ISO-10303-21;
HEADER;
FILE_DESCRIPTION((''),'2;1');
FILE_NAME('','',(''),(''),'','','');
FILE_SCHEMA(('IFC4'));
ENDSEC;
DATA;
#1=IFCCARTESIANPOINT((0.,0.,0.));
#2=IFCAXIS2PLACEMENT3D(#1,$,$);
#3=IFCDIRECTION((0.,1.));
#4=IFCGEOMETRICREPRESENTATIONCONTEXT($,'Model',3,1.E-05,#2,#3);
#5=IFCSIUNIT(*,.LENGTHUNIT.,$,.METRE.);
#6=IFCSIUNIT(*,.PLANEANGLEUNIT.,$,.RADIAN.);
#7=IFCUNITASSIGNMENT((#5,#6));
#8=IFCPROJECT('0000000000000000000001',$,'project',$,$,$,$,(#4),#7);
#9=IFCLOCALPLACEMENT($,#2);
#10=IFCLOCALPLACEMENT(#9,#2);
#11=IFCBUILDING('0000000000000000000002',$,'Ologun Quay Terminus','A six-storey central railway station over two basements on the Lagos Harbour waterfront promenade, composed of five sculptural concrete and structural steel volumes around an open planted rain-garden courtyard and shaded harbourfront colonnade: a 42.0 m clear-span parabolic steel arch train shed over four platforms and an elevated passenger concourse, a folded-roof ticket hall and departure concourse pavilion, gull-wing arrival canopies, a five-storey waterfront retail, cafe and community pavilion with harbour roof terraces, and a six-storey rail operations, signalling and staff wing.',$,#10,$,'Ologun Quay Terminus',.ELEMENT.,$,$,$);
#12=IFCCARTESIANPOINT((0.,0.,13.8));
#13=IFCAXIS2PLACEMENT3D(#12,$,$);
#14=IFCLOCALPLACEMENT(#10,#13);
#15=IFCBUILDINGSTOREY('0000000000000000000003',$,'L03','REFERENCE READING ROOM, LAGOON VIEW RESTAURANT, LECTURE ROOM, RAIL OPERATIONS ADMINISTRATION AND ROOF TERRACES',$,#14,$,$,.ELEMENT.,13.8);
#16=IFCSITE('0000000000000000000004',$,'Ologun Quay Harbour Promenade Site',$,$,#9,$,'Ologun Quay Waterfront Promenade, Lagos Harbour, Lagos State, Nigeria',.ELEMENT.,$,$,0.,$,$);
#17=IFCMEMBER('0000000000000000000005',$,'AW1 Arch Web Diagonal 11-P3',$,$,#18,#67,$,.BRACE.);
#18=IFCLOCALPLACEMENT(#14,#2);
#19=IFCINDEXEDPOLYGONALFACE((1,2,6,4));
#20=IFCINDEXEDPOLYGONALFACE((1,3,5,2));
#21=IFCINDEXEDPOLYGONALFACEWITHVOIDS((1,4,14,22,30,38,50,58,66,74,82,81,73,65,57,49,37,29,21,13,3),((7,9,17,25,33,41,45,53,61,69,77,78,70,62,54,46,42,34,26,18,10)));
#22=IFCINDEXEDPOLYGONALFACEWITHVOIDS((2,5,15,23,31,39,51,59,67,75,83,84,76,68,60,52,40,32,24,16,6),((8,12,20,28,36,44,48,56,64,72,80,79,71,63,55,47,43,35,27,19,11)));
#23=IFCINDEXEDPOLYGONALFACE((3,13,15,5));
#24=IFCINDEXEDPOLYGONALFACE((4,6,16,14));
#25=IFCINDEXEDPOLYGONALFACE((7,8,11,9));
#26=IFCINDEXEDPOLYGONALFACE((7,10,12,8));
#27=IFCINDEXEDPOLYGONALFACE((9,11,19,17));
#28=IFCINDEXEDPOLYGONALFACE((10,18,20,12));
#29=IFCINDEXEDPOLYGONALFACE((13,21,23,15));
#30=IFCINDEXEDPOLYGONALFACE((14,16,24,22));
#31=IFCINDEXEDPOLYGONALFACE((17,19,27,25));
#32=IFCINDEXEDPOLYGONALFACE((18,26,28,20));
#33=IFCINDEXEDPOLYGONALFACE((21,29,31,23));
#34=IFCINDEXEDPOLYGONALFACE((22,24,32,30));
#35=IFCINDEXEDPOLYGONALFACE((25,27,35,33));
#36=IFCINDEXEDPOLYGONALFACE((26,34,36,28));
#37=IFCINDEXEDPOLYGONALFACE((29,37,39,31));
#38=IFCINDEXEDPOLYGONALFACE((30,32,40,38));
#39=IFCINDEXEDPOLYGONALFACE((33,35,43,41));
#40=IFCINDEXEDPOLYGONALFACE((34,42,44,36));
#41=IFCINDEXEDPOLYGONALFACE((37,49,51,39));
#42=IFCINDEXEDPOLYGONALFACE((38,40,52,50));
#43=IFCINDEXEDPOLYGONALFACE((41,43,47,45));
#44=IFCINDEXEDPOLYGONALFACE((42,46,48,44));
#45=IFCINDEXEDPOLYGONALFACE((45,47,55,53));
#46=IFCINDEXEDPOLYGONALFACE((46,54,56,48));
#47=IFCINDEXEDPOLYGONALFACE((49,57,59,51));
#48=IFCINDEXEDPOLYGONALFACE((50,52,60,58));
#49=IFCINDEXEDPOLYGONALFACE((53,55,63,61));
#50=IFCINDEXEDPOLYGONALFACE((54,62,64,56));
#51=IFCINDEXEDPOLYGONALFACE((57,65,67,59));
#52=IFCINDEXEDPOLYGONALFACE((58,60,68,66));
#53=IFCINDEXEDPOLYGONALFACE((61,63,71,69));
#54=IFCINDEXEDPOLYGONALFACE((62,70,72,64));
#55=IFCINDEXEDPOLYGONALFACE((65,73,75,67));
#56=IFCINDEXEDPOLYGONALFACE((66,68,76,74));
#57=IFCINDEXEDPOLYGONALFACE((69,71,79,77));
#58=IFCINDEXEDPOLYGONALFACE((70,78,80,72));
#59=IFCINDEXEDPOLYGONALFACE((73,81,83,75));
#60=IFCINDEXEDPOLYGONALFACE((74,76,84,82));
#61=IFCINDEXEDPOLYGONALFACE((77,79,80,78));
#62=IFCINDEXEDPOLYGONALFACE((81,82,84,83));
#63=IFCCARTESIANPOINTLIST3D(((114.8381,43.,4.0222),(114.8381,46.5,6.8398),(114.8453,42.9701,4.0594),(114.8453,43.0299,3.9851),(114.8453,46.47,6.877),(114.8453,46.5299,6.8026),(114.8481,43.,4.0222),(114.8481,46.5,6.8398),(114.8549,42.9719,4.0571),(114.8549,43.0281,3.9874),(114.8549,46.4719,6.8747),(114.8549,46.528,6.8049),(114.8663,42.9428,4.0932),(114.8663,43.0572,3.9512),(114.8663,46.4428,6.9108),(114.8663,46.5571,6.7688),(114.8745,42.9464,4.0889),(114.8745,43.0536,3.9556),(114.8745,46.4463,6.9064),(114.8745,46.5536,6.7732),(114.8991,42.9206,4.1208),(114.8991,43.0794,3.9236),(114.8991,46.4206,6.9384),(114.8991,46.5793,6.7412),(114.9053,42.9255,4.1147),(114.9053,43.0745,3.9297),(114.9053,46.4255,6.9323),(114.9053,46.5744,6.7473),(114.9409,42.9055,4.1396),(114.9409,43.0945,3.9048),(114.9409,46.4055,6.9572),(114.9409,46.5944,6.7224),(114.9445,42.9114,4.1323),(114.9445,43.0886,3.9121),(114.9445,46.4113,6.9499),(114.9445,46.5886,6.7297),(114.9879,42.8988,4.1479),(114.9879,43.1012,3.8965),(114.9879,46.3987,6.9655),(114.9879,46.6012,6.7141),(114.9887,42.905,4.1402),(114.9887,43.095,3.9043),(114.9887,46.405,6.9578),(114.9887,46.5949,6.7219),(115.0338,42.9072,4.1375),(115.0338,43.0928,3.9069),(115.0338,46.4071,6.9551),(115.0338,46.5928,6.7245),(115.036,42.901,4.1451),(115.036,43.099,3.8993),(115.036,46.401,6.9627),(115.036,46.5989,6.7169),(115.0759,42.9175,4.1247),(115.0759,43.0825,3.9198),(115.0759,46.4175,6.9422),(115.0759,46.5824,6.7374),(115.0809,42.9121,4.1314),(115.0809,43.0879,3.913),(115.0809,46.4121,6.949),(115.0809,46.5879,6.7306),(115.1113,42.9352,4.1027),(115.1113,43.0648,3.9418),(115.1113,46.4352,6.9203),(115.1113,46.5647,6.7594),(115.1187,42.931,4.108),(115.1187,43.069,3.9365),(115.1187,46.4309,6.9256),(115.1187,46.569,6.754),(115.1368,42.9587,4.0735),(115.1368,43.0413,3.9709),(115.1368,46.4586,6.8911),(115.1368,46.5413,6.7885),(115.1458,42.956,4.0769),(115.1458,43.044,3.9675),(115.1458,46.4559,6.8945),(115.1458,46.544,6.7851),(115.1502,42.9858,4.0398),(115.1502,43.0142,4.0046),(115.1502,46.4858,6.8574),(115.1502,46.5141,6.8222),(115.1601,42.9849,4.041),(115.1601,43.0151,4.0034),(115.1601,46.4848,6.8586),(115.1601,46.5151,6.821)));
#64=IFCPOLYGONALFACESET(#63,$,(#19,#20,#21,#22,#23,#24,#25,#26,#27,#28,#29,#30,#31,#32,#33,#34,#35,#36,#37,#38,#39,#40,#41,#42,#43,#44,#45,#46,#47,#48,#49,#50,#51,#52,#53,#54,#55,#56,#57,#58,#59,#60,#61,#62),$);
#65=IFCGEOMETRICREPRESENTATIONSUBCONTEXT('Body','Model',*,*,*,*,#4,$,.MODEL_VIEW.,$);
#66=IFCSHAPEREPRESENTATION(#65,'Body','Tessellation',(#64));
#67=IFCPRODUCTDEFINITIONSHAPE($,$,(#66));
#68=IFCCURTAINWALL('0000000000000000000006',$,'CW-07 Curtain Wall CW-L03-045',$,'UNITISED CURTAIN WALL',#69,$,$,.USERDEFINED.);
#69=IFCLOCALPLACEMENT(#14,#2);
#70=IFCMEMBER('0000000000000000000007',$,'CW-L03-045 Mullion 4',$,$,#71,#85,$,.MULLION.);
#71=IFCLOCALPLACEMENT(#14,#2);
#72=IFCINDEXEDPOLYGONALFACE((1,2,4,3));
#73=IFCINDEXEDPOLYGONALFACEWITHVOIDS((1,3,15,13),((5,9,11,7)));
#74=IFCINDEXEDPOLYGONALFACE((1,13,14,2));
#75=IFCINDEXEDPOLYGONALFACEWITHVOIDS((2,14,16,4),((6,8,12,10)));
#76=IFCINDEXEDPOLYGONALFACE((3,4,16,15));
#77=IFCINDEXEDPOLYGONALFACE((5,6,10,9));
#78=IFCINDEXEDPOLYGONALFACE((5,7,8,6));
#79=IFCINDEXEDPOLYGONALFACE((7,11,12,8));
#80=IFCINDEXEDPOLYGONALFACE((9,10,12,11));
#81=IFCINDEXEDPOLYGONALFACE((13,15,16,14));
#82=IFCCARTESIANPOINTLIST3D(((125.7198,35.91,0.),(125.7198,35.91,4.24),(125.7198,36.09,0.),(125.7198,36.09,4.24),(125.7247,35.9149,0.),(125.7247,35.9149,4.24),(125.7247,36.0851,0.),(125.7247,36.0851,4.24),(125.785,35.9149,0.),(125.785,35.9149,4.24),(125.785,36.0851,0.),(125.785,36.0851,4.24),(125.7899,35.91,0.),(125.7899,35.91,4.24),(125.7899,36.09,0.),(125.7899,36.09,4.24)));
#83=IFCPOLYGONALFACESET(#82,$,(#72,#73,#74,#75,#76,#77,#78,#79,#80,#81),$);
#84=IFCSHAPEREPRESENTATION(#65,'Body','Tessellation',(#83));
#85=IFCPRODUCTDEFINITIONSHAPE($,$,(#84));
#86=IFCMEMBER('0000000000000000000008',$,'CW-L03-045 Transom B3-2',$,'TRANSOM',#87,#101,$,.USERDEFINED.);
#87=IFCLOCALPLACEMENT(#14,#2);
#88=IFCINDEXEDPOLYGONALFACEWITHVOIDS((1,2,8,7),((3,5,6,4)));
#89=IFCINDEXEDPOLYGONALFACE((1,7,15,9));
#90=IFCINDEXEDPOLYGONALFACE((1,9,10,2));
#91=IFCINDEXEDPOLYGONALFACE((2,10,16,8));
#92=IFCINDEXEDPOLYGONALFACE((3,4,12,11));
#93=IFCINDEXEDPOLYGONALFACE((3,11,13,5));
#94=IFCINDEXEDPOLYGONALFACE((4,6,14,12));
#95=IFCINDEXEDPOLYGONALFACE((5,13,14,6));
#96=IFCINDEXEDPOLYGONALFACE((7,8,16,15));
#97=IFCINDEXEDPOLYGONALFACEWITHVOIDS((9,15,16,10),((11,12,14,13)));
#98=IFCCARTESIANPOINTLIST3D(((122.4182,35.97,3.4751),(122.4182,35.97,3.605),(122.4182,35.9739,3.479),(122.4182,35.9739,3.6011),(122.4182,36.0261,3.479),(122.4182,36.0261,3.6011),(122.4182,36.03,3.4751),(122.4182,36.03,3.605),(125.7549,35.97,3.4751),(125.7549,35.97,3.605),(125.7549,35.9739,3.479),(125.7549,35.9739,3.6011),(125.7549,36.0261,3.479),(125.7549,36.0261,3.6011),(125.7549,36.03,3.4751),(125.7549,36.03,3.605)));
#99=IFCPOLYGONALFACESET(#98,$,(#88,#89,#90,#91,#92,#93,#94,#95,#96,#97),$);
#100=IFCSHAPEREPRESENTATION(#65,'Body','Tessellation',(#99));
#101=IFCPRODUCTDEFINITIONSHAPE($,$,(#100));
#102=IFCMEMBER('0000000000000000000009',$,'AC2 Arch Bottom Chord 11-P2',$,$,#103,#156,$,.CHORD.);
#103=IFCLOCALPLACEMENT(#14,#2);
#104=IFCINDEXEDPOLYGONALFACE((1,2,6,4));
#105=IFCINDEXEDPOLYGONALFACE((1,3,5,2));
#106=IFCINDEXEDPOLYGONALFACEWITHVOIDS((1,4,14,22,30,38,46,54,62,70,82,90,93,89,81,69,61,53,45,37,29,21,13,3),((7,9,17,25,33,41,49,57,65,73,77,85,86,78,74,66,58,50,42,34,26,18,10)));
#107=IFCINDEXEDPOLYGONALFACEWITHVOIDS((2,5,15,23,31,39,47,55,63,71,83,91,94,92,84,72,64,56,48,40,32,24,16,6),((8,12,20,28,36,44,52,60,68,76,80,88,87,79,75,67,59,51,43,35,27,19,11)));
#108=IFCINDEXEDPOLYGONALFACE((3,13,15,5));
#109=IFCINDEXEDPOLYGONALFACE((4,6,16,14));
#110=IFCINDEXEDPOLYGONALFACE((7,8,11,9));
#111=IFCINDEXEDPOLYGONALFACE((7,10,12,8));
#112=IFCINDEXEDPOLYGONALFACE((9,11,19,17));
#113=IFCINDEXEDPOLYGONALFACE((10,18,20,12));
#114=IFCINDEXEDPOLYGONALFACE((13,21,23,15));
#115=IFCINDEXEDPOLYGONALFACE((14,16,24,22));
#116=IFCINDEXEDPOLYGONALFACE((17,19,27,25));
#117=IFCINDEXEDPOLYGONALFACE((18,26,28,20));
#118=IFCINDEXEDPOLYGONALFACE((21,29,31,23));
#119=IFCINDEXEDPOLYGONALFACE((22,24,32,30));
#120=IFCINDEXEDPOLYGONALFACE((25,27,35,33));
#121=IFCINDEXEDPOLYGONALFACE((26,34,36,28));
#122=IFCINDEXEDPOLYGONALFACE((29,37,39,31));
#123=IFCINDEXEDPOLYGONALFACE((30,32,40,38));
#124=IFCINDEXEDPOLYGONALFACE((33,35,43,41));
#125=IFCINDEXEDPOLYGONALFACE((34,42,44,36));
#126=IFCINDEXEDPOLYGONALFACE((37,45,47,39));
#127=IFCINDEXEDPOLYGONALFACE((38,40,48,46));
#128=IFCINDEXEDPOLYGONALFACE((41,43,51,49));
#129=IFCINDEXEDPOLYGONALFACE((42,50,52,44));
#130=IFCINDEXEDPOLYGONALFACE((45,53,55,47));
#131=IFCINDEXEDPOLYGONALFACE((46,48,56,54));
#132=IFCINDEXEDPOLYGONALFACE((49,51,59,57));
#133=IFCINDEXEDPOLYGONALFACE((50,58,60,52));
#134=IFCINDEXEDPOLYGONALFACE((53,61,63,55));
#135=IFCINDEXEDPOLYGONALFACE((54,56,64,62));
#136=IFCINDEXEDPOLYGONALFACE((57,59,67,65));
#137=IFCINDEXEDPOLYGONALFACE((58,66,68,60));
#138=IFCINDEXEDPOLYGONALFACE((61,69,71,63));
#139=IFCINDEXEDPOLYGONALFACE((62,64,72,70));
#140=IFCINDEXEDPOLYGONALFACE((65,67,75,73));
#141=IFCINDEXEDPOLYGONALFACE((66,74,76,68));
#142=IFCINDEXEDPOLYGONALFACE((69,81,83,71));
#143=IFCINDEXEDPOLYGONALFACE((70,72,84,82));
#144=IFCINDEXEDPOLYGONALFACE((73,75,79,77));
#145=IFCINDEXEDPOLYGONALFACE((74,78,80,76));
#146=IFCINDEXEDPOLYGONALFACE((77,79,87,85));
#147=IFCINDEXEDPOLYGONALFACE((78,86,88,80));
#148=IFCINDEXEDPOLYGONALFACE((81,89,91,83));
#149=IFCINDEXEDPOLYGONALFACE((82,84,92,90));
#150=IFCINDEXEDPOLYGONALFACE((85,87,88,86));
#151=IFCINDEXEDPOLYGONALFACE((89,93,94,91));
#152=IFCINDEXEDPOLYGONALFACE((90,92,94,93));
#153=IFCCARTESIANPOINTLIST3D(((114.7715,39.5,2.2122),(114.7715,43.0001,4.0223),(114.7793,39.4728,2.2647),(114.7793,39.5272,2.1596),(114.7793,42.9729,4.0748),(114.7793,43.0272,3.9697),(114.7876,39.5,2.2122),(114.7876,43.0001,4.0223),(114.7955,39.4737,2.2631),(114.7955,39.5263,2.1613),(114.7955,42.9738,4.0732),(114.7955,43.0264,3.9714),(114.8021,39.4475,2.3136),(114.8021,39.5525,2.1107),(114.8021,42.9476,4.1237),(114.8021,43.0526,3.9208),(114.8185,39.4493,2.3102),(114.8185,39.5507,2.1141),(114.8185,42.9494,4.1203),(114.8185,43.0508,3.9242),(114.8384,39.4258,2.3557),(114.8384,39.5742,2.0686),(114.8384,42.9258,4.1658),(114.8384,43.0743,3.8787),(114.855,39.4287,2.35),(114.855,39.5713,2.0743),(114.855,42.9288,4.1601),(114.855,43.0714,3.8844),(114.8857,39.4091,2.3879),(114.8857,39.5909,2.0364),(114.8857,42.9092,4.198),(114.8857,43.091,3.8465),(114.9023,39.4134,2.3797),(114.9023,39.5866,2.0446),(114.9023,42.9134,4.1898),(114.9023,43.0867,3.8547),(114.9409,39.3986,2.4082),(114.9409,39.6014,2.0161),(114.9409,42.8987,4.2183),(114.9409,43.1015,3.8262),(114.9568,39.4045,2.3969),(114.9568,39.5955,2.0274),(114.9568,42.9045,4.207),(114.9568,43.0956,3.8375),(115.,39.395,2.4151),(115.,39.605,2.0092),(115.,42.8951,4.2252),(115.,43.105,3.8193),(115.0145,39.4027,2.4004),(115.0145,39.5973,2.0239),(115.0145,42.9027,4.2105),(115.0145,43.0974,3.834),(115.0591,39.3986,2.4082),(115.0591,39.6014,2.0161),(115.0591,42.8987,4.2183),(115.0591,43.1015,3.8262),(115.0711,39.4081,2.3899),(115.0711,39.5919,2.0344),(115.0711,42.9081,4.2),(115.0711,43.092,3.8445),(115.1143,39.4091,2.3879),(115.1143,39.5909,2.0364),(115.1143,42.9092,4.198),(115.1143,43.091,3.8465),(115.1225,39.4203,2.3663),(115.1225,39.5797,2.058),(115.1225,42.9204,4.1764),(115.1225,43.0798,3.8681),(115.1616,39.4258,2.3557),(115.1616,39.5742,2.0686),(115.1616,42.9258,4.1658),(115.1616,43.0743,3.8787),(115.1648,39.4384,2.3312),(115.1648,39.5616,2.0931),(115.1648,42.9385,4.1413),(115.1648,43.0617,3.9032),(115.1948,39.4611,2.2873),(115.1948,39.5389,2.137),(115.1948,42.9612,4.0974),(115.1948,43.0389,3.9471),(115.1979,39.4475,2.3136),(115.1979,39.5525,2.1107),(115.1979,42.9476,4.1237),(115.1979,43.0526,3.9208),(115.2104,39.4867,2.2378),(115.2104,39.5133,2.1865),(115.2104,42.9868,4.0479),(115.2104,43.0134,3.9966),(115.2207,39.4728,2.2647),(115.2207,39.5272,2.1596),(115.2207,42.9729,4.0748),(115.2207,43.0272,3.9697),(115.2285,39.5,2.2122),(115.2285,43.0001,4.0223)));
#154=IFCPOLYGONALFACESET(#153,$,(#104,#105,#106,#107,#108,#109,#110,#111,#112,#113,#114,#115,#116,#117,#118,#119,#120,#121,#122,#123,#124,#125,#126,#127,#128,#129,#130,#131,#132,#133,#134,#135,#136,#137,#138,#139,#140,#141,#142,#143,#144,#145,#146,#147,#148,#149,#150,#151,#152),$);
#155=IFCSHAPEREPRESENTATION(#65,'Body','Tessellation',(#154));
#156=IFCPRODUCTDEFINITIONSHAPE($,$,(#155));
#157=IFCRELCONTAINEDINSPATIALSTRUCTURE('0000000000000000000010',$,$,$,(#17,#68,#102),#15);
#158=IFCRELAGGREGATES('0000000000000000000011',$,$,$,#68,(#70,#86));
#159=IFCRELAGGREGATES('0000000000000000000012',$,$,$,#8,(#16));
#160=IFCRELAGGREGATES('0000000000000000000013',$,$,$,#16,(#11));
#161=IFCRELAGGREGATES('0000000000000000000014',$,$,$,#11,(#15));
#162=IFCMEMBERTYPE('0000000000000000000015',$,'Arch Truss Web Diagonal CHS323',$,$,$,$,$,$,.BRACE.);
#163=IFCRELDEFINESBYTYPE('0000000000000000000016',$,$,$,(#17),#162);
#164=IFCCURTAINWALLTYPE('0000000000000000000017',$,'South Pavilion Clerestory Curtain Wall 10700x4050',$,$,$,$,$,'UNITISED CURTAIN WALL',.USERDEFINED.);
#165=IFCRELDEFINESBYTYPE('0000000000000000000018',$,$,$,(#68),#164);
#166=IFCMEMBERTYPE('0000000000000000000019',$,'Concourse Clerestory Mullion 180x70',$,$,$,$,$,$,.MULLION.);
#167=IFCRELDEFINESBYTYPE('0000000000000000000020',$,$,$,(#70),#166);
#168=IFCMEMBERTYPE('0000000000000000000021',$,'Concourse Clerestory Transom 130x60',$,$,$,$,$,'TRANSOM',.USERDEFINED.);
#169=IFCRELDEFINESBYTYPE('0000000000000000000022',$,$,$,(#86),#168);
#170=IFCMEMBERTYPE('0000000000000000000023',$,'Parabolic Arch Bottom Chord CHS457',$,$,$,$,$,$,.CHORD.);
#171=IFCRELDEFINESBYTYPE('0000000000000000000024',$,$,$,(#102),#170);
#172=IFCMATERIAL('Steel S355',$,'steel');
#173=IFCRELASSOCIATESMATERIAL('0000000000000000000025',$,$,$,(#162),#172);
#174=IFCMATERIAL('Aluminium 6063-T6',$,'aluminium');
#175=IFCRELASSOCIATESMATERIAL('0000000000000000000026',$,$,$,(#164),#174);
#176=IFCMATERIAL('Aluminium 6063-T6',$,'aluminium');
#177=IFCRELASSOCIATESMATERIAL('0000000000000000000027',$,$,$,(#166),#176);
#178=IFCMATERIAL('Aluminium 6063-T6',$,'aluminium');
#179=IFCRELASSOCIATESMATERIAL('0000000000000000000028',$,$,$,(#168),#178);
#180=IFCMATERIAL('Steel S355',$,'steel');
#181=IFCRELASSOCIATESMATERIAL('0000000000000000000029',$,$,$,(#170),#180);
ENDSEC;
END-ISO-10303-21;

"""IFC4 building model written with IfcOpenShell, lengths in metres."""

from ifc_helpers import new_model, si_unit, direction, frame, origin, origin_2d, place, context, subcontext, project, spatial, hollow_rectangle, hollow_circle, extrude, material, material_profile, profile_set, type_object, element, aggregate, save


model = new_model("IFC4")

# Units and contexts
model_context = context("Model", 3, precision=1e-05, world=origin(), true_north=direction((0.0, 1.0)))
body_context = subcontext(model_context, "Body", "Model", "MODEL_VIEW")
ifc_project = project(units=[si_unit("LENGTHUNIT", "METRE"), si_unit("PLANEANGLEUNIT", "RADIAN")], contexts=[model_context])

# Site, building, storey
site_placement = place(None, origin())
site = spatial("IfcSite", under=ifc_project, at=site_placement, Name="Ologun Quay Harbour Promenade Site", LongName="Ologun Quay Waterfront Promenade, Lagos Harbour, Lagos State, Nigeria", CompositionType="ELEMENT", RefElevation=0.0)
building_placement = place(site_placement, origin())
building = spatial("IfcBuilding", under=site, at=building_placement, Name="Ologun Quay Terminus", Description="A six-storey central railway station over two basements on the Lagos Harbour waterfront promenade, composed of five sculptural concrete and structural steel volumes around an open planted rain-garden courtyard and shaded harbourfront colonnade: a 42.0 m clear-span parabolic steel arch train shed over four platforms and an elevated passenger concourse, a folded-roof ticket hall and departure concourse pavilion, gull-wing arrival canopies, a five-storey waterfront retail, cafe and community pavilion with harbour roof terraces, and a six-storey rail operations, signalling and staff wing.", LongName="Ologun Quay Terminus", CompositionType="ELEMENT")
storey_placement = place(building_placement, frame((0.0, 0.0, 13.8)))
storey = spatial("IfcBuildingStorey", under=building, at=storey_placement, Name="L03", Description="REFERENCE READING ROOM, LAGOON VIEW RESTAURANT, LECTURE ROOM, RAIL OPERATIONS ADMINISTRATION AND ROOF TERRACES", CompositionType="ELEMENT", Elevation=13.8)

# Member
ifc_material_1 = material(Name="Steel S355", Category="steel")
ifc_material_profile_1 = material_profile(ifc_material_1, hollow_circle(Radius=0.1619, WallThickness=0.01, at=origin_2d()), Name="CHS 323.9x10")
ifc_profile_set_1 = profile_set([ifc_material_profile_1], Name="Steel S355")
member_type_1 = type_object("IfcMemberType", Name="Arch Truss Web Diagonal CHS323", PredefinedType="BRACE", material=ifc_profile_set_1)
member_1_placement = place(storey_placement, frame((115.0, 43.0, 4.0222), z_axis=(0.0, 0.778951, 0.627084), x_axis=(-1.0, 0.0, 0.0)))
element("IfcMember", 1, at=member_1_placement, inside=storey, type_object=member_type_1, Name="AW1 Arch Web Diagonal 11-P3", PredefinedType="BRACE", context=body_context, shape_type="SweptSolid", body=[
    extrude(hollow_circle(Radius=0.1619, WallThickness=0.01, at=origin_2d()), origin(), (0.0, 0.0, 1.0), 4.4932),
])

# Curtain wall, members
ifc_material_2 = material(Name="Aluminium 6063-T6", Category="aluminium")
curtain_wall_type = type_object("IfcCurtainWallType", Name="South Pavilion Clerestory Curtain Wall 10700x4050", ElementType="UNITISED CURTAIN WALL", PredefinedType="USERDEFINED", material=ifc_material_2)
curtain_wall_placement = place(storey_placement, origin())
curtain_wall = element("IfcCurtainWall", 2, at=curtain_wall_placement, inside=storey, type_object=curtain_wall_type, Name="CW-07 Curtain Wall CW-L03-045", ObjectType="UNITISED CURTAIN WALL", PredefinedType="USERDEFINED")
ifc_material_3 = material(Name="Aluminium 6063-T6", Category="aluminium")
ifc_material_profile_2 = material_profile(ifc_material_3, hollow_rectangle(XDim=0.0701, YDim=0.1799, WallThickness=0.0049, at=origin_2d()), Name="ALU 180x70x5")
ifc_profile_set_2 = profile_set([ifc_material_profile_2], Name="Aluminium 6063-T6")
member_type_2 = type_object("IfcMemberType", Name="Concourse Clerestory Mullion 180x70", PredefinedType="MULLION", material=ifc_profile_set_2)
member_2_placement = place(storey_placement, frame((125.7549, 36.0, 0.0), z_axis=(0.0, 0.0, 1.0), x_axis=(1.0, 0.0, 0.0)))
member_2 = element("IfcMember", 3, at=member_2_placement, type_object=member_type_2, Name="CW-L03-045 Mullion 4", PredefinedType="MULLION", context=body_context, shape_type="SweptSolid", body=[
    extrude(hollow_rectangle(XDim=0.0701, YDim=0.1799, WallThickness=0.0049, at=origin_2d()), origin(), (0.0, 0.0, 1.0), 4.24),
])
ifc_material_4 = material(Name="Aluminium 6063-T6", Category="aluminium")
ifc_material_profile_3 = material_profile(ifc_material_4, hollow_rectangle(XDim=0.0601, YDim=0.1299, WallThickness=0.0039, at=origin_2d()), Name="ALU 130x60x4")
ifc_profile_set_3 = profile_set([ifc_material_profile_3], Name="Aluminium 6063-T6")
member_type_3 = type_object("IfcMemberType", Name="Concourse Clerestory Transom 130x60", ElementType="TRANSOM", PredefinedType="USERDEFINED", material=ifc_profile_set_3)
member_3_placement = place(storey_placement, frame((122.4182, 36.0, 3.54), z_axis=(1.0, 0.0, 0.0), x_axis=(0.0, 1.0, 0.0)))
member_3 = element("IfcMember", 4, at=member_3_placement, type_object=member_type_3, Name="CW-L03-045 Transom B3-2", ObjectType="TRANSOM", PredefinedType="USERDEFINED", context=body_context, shape_type="SweptSolid", body=[
    extrude(hollow_rectangle(XDim=0.0601, YDim=0.1299, WallThickness=0.0039, at=origin_2d()), origin(), (0.0, 0.0, 1.0), 3.3367),
])

# Member
ifc_material_5 = material(Name="Steel S355", Category="steel")
ifc_material_profile_4 = material_profile(ifc_material_5, hollow_circle(Radius=0.2285, WallThickness=0.0161, at=origin_2d()), Name="CHS 457x16")
ifc_profile_set_4 = profile_set([ifc_material_profile_4], Name="Steel S355")
member_type_4 = type_object("IfcMemberType", Name="Parabolic Arch Bottom Chord CHS457", PredefinedType="CHORD", material=ifc_profile_set_4)
member_4_placement = place(storey_placement, frame((115.0, 39.5, 2.2122), z_axis=(0.0, 0.888247, 0.459366), x_axis=(-1.0, 0.0, 0.0)))
element("IfcMember", 5, at=member_4_placement, inside=storey, type_object=member_type_4, Name="AC2 Arch Bottom Chord 11-P2", PredefinedType="CHORD", context=body_context, shape_type="SweptSolid", body=[
    extrude(hollow_circle(Radius=0.2285, WallThickness=0.0161, at=origin_2d()), origin(), (0.0, 0.0, 1.0), 3.9404),
])

aggregate(curtain_wall, [member_2, member_3])

save(model, "model.ifc")
